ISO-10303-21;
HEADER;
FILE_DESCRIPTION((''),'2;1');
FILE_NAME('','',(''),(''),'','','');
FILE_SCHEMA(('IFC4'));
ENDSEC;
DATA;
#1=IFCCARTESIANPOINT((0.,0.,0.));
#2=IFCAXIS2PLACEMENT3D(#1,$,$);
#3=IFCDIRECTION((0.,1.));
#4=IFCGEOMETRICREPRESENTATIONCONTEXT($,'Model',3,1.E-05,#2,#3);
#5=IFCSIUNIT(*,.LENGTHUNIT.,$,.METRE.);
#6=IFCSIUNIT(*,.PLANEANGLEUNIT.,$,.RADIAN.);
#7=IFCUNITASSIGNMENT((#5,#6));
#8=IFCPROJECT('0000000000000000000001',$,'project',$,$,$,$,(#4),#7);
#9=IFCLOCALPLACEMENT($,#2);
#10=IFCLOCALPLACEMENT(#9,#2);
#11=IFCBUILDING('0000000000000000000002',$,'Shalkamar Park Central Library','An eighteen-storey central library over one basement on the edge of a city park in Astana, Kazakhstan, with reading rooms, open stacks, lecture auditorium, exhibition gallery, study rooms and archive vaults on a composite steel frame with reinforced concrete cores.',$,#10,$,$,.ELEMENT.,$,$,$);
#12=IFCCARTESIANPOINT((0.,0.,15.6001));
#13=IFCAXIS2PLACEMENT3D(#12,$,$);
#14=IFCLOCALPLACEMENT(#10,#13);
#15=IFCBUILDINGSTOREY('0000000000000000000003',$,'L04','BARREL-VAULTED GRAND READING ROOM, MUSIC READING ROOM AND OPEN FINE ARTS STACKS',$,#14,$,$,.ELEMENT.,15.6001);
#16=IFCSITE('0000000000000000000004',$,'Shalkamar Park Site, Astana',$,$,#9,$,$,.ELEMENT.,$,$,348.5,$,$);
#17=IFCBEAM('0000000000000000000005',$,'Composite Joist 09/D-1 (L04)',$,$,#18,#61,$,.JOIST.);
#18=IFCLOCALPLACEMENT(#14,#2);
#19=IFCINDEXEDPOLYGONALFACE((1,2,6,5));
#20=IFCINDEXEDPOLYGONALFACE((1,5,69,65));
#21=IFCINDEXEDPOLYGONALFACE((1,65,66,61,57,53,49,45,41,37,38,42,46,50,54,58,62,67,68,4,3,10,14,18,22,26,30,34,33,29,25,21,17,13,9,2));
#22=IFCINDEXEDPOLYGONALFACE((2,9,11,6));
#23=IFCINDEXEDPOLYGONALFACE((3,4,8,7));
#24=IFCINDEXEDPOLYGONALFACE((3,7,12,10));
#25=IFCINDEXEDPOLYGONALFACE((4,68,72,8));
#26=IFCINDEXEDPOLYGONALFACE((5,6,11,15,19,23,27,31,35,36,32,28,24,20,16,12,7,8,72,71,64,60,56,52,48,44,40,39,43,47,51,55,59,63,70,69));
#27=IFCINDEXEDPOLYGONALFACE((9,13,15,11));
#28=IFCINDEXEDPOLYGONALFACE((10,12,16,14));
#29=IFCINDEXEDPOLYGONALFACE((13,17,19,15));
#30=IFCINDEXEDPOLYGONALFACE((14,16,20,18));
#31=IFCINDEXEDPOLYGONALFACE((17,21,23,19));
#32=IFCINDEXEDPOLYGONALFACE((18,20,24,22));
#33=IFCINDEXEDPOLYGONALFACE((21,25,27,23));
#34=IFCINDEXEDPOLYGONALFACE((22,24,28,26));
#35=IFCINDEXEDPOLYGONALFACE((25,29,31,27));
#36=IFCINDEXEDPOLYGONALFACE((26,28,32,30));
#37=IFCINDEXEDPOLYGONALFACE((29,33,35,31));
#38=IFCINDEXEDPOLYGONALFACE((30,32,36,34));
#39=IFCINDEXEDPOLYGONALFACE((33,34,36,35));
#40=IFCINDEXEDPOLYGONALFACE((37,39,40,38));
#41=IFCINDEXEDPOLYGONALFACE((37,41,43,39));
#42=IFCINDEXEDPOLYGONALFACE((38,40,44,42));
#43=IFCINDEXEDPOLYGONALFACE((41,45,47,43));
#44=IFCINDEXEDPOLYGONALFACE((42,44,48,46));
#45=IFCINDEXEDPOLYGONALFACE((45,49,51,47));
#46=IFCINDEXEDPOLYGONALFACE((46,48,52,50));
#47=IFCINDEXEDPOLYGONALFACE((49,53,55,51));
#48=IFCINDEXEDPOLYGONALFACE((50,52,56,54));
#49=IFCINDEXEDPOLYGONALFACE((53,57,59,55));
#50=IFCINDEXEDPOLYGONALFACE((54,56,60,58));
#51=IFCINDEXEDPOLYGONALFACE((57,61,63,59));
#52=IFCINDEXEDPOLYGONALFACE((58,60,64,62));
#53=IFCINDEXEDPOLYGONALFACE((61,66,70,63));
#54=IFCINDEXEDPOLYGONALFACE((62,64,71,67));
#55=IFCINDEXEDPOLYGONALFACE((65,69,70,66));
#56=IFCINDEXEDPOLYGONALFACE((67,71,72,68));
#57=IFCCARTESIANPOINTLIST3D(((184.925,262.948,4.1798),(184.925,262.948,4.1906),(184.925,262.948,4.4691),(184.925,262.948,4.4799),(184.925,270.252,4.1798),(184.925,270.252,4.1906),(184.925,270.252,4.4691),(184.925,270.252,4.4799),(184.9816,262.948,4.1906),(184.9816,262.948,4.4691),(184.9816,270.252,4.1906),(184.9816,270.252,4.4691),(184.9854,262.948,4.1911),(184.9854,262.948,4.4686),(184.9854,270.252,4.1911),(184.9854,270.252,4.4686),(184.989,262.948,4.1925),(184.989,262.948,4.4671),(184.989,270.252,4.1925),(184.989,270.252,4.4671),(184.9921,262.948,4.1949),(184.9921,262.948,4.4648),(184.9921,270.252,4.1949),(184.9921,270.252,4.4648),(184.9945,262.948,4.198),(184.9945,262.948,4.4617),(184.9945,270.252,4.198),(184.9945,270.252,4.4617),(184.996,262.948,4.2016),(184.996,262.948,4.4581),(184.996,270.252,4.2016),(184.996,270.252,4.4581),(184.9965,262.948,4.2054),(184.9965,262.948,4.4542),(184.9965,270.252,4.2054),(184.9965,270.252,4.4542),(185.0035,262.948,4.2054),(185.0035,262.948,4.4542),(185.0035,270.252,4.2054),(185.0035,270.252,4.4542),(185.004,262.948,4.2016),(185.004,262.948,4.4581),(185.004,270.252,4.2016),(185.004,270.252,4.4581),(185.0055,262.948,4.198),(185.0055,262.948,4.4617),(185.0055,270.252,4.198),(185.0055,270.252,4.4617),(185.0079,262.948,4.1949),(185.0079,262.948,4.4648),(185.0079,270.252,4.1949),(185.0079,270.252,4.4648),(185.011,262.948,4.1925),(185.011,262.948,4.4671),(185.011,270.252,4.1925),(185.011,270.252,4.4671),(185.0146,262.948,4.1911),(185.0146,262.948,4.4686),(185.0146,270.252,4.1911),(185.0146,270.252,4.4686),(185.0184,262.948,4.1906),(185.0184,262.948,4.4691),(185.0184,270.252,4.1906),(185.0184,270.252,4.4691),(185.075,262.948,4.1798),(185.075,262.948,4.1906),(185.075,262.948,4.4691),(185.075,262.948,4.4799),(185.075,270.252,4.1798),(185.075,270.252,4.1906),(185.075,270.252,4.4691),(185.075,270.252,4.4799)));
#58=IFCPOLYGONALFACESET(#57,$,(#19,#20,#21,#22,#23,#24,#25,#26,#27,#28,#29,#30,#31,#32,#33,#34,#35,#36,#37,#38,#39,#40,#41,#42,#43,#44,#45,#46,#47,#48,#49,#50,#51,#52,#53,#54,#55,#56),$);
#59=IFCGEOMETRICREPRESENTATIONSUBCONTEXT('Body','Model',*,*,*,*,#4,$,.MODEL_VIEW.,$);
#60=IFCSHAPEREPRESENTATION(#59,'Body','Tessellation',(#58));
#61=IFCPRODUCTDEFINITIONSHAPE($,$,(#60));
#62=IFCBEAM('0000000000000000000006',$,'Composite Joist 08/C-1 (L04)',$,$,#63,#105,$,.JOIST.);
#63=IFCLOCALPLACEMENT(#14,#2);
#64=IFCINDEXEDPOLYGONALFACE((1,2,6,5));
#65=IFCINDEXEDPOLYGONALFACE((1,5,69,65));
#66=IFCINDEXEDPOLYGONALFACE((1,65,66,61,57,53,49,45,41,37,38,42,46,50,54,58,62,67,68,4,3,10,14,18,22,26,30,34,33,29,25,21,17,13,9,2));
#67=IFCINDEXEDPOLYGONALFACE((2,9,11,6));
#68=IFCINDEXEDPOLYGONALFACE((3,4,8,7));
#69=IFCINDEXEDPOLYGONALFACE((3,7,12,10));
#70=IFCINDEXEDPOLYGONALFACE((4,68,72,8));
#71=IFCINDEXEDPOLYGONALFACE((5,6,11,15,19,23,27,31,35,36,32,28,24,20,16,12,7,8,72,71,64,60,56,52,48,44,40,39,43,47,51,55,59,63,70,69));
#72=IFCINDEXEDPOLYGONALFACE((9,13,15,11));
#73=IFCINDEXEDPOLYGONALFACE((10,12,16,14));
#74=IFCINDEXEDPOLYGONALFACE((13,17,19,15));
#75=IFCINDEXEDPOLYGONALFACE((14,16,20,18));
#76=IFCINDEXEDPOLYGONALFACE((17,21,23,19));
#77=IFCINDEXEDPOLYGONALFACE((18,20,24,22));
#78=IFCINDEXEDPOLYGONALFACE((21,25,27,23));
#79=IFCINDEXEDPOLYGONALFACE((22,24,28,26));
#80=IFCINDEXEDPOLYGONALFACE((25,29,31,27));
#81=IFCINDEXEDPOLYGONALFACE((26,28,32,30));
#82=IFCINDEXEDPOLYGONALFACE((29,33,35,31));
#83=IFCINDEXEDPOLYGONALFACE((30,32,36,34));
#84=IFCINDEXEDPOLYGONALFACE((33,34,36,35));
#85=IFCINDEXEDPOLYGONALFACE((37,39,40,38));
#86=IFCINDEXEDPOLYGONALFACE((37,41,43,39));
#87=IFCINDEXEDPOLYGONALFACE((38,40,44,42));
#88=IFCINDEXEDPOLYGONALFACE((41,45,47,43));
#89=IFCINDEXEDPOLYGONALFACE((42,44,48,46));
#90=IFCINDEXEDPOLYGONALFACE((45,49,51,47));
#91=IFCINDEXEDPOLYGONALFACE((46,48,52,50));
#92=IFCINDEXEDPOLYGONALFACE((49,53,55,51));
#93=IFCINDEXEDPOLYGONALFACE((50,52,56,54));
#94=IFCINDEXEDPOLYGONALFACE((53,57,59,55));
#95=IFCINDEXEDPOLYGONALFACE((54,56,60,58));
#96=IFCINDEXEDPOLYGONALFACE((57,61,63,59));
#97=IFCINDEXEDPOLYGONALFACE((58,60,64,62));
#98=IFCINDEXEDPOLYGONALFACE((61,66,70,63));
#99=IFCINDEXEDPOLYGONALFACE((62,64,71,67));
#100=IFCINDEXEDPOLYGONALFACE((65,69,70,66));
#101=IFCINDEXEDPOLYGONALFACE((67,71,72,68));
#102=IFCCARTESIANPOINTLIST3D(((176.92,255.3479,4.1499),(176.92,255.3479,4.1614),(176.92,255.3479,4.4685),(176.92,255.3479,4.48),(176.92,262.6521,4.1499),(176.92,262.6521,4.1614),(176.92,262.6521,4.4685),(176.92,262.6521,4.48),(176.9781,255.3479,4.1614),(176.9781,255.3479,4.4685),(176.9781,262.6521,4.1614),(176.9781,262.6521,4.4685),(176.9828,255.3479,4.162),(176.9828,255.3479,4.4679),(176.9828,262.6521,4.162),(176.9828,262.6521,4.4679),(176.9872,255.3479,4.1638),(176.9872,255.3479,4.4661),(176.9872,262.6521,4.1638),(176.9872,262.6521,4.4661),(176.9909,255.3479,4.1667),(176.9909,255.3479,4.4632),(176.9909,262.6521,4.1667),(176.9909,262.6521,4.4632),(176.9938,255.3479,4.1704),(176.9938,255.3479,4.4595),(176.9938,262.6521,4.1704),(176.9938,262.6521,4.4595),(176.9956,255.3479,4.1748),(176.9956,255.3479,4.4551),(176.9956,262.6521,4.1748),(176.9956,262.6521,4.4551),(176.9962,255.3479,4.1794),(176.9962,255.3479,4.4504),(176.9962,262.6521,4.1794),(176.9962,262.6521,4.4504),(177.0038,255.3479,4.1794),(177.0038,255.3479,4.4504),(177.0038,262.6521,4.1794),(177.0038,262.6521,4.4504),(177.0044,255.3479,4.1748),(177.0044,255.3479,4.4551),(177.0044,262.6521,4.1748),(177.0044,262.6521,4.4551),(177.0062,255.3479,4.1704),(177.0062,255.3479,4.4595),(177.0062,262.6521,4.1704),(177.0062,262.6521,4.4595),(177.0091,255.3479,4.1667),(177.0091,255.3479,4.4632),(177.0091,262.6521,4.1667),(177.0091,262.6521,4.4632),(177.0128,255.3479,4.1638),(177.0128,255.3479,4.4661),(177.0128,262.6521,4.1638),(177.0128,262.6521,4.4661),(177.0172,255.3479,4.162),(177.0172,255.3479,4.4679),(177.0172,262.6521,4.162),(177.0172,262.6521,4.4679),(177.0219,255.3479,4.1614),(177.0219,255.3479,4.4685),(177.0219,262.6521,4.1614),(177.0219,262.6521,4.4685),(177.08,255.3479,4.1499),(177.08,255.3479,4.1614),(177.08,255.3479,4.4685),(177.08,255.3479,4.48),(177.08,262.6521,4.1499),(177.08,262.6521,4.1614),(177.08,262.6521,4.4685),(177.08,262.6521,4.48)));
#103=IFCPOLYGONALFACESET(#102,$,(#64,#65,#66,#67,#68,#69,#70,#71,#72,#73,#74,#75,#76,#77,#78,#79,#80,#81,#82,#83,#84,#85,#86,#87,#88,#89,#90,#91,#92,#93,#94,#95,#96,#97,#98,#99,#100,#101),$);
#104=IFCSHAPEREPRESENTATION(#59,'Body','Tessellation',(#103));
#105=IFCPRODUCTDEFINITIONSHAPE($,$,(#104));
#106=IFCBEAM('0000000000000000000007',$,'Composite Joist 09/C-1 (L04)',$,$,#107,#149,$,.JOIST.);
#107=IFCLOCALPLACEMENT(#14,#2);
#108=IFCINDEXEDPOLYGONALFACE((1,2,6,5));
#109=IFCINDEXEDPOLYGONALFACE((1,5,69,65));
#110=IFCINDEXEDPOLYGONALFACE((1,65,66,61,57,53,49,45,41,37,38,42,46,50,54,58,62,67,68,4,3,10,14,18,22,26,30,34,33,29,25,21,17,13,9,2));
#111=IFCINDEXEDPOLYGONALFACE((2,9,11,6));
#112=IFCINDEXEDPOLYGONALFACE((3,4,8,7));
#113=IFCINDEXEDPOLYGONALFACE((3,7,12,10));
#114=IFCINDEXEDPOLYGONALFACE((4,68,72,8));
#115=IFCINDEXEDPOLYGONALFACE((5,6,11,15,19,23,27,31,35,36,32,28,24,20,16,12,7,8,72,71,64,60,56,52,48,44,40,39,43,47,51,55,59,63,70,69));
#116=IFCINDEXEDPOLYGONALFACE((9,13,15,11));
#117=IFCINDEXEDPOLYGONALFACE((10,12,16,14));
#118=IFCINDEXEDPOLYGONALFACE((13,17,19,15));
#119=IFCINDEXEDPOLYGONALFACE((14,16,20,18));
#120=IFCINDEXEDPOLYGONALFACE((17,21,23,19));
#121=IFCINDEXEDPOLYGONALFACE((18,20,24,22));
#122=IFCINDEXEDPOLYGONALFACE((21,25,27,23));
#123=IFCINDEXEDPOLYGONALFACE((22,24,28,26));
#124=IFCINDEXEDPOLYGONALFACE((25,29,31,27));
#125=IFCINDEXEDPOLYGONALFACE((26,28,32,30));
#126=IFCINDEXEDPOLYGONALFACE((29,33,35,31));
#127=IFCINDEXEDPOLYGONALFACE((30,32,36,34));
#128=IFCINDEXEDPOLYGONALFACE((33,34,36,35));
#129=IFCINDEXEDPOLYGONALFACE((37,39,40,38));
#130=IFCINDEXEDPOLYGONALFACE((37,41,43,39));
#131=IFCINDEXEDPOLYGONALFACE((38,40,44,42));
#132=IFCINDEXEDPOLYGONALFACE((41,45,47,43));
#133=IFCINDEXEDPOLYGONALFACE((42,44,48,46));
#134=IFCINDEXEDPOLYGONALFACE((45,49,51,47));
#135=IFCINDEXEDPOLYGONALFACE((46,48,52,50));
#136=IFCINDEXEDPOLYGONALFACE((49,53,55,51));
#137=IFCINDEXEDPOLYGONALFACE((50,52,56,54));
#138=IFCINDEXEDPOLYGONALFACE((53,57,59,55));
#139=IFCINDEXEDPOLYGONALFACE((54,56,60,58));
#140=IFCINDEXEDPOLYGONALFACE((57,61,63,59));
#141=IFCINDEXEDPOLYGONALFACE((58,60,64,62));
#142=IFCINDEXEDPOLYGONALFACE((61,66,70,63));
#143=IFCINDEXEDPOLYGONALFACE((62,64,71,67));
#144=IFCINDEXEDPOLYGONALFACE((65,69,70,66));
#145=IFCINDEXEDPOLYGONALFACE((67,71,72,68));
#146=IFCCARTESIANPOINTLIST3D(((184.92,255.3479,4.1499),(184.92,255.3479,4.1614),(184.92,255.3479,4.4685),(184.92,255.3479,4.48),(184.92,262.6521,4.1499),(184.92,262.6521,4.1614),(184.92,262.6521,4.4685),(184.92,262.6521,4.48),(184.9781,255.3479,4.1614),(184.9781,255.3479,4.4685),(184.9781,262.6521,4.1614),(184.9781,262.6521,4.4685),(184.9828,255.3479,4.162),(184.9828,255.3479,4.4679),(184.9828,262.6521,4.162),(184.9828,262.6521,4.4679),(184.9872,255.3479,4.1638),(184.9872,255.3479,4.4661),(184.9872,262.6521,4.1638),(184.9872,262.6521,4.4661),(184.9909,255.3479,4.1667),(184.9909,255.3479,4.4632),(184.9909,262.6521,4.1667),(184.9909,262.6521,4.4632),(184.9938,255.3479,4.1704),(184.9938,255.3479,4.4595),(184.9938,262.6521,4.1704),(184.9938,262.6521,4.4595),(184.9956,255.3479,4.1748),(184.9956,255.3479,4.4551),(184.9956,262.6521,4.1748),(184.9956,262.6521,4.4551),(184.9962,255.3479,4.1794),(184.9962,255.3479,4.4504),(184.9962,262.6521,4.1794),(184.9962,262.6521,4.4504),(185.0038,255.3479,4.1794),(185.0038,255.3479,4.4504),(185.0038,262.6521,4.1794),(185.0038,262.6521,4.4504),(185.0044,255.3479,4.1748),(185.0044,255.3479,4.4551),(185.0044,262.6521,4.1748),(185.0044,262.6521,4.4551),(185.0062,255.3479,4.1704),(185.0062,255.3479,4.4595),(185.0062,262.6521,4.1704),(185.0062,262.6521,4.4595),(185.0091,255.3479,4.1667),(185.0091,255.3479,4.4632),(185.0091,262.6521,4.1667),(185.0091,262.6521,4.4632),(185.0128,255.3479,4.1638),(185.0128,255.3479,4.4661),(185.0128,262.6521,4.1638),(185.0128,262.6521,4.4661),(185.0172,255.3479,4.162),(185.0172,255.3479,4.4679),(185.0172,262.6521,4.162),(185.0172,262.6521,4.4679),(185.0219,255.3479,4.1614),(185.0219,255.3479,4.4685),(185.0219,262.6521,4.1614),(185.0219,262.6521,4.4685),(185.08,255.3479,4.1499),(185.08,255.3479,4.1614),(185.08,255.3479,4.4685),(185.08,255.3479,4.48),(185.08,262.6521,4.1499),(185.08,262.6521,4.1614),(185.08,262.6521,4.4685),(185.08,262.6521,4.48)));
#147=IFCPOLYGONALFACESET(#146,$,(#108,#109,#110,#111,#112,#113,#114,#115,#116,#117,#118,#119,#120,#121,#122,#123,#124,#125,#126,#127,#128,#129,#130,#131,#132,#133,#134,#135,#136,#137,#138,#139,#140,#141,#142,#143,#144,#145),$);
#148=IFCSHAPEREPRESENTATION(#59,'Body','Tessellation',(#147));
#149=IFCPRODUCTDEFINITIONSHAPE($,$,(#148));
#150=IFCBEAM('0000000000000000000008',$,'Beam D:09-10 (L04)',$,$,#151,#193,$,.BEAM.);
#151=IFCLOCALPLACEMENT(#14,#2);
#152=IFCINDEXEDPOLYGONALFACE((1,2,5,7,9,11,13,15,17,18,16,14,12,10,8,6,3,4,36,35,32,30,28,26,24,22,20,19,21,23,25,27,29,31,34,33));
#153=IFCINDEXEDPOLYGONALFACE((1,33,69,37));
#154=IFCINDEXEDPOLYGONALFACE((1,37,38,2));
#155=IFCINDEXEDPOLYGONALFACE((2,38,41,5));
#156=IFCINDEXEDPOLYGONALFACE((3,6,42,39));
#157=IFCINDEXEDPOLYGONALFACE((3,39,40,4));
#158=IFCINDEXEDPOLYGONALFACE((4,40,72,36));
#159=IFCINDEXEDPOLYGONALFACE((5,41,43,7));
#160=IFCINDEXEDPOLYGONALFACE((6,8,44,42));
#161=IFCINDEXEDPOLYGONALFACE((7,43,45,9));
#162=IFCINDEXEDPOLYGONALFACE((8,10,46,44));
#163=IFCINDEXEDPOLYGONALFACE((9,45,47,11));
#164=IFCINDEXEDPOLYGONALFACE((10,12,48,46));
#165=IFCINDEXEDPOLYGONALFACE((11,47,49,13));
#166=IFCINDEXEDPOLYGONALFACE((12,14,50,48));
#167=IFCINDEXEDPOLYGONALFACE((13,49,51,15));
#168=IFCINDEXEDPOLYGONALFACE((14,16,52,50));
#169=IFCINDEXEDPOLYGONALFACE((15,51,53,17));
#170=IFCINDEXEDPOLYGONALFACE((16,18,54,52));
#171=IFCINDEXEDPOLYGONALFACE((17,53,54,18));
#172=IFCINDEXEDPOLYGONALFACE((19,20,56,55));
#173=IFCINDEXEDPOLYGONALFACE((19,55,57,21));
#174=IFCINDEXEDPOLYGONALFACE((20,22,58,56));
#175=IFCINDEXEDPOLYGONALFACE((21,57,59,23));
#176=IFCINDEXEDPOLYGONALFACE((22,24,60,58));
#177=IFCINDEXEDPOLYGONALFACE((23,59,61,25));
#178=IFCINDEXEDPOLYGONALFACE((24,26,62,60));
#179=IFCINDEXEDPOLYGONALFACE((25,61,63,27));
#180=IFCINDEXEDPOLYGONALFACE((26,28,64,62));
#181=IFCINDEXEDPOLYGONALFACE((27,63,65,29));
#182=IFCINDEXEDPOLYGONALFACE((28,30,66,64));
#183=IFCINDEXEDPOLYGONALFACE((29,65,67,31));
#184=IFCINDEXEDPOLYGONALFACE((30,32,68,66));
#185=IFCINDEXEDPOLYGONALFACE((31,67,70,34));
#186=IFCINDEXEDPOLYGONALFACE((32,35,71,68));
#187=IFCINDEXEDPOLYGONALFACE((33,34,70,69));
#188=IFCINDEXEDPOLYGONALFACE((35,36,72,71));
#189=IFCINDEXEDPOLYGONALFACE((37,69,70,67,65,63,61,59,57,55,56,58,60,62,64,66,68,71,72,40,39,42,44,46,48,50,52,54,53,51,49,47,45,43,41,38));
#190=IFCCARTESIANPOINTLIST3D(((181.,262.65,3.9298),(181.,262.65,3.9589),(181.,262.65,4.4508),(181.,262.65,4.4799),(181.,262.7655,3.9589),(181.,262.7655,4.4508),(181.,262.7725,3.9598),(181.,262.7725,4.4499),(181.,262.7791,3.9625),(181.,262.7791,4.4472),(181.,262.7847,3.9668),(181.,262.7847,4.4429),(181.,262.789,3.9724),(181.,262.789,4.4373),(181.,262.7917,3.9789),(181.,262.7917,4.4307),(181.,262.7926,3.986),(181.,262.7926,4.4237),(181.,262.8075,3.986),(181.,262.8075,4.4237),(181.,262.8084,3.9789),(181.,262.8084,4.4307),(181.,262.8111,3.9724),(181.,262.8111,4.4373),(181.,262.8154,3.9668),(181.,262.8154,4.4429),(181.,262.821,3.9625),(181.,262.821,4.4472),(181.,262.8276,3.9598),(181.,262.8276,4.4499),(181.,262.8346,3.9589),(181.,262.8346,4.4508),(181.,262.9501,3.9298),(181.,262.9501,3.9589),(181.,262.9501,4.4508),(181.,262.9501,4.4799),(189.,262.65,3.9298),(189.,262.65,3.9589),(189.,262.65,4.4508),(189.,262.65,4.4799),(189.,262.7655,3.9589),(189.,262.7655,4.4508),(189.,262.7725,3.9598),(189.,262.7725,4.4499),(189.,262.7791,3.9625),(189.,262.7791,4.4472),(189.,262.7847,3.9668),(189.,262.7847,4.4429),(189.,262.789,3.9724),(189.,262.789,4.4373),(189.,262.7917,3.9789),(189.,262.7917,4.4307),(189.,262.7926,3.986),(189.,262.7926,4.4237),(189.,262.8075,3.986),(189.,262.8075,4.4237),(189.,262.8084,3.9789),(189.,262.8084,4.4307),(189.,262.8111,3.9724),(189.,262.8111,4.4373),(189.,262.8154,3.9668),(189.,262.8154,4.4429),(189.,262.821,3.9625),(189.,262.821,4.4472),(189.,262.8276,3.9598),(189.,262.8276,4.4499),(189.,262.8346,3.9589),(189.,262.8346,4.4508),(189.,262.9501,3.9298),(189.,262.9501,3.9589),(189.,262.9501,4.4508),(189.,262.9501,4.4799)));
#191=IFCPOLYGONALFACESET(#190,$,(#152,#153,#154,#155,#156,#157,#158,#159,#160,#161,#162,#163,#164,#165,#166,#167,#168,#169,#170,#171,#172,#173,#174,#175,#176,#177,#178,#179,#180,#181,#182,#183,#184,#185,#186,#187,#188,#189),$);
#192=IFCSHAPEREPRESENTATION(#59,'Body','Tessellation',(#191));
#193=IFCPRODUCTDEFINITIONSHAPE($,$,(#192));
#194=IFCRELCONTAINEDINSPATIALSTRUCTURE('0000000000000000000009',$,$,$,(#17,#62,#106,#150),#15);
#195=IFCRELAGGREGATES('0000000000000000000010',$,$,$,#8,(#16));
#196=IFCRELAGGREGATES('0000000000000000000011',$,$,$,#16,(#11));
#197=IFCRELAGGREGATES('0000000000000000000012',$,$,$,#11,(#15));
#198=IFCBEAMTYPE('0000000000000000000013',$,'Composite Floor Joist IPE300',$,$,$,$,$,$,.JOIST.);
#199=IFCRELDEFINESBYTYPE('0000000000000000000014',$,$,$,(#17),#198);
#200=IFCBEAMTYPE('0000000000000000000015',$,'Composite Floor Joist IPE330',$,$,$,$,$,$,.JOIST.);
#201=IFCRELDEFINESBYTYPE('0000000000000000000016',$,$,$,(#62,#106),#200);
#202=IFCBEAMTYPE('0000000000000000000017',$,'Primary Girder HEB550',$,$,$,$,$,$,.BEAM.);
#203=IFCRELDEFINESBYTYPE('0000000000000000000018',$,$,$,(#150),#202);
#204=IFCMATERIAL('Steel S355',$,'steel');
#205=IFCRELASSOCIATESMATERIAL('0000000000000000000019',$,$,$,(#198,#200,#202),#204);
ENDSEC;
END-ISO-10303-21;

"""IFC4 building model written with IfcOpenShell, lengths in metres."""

from ifc_helpers import new_model, si_unit, direction, frame, origin, origin_2d, place, context, subcontext, project, spatial, i_section, extrude, material, material_profile, profile_set, type_object, element, save


model = new_model("IFC4")

# Units and contexts
model_context = context("Model", 3, precision=1e-05, world=origin(), true_north=direction((0.0, 1.0)))
body_context = subcontext(model_context, "Body", "Model", "MODEL_VIEW")
ifc_project = project(units=[si_unit("LENGTHUNIT", "METRE"), si_unit("PLANEANGLEUNIT", "RADIAN")], contexts=[model_context])

# Site, building, storey
site_placement = place(None, origin())
site = spatial("IfcSite", under=ifc_project, at=site_placement, Name="Shalkamar Park Site, Astana", CompositionType="ELEMENT", RefElevation=348.5)
building_placement = place(site_placement, origin())
building = spatial("IfcBuilding", under=site, at=building_placement, Name="Shalkamar Park Central Library", Description="An eighteen-storey central library over one basement on the edge of a city park in Astana, Kazakhstan, with reading rooms, open stacks, lecture auditorium, exhibition gallery, study rooms and archive vaults on a composite steel frame with reinforced concrete cores.", CompositionType="ELEMENT")
storey_placement = place(building_placement, frame((0.0, 0.0, 15.6001)))
storey = spatial("IfcBuildingStorey", under=building, at=storey_placement, Name="L04", Description="BARREL-VAULTED GRAND READING ROOM, MUSIC READING ROOM AND OPEN FINE ARTS STACKS", CompositionType="ELEMENT", Elevation=15.6001)

# Shared definitions
ifc_material_1 = material(Name="Steel S355", Category="steel")

# Beams
ifc_material_profile_1 = material_profile(ifc_material_1, i_section(OverallWidth=0.1499, OverallDepth=0.3, WebThickness=0.0071, FlangeThickness=0.0107, FilletRadius=0.0149, at=origin_2d()), Name="IPE 300")
ifc_profile_set_1 = profile_set([ifc_material_profile_1], Name="Steel S355")
beam_type_1 = type_object("IfcBeamType", Name="Composite Floor Joist IPE300", PredefinedType="JOIST", material=ifc_profile_set_1)
for number, where, z_axis, x_axis, name in (
    (1, (185.0, 262.948, 4.3298), (0.0, 1.0, 0.0), (-1.0, 0.0, 0.0), "Composite Joist 09/D-1 (L04)"),
):
    element("IfcBeam", number, at=place(storey_placement, frame(where, z_axis=z_axis, x_axis=x_axis)), inside=storey, type_object=beam_type_1, Name=name, PredefinedType="JOIST", context=body_context, shape_type="SweptSolid", body=[
        extrude(i_section(OverallWidth=0.1499, OverallDepth=0.3, WebThickness=0.0071, FlangeThickness=0.0107, FilletRadius=0.0149, at=origin_2d()), origin(), (0.0, 0.0, 1.0), 7.304),
    ])
ifc_material_profile_2 = material_profile(ifc_material_1, i_section(OverallWidth=0.1599, OverallDepth=0.3301, WebThickness=0.0076, FlangeThickness=0.0115, FilletRadius=0.0181, at=origin_2d()), Name="IPE 330")
ifc_profile_set_2 = profile_set([ifc_material_profile_2], Name="Steel S355")
beam_type_2 = type_object("IfcBeamType", Name="Composite Floor Joist IPE330", PredefinedType="JOIST", material=ifc_profile_set_2)
for number, where, z_axis, x_axis, name in (
    (2, (177.0, 255.3479, 4.3149), (0.0, 1.0, 0.0), (-1.0, 0.0, 0.0), "Composite Joist 08/C-1 (L04)"),
    (3, (185.0, 255.3479, 4.3149), (0.0, 1.0, 0.0), (-1.0, 0.0, 0.0), "Composite Joist 09/C-1 (L04)"),
):
    element("IfcBeam", number, at=place(storey_placement, frame(where, z_axis=z_axis, x_axis=x_axis)), inside=storey, type_object=beam_type_2, Name=name, PredefinedType="JOIST", context=body_context, shape_type="SweptSolid", body=[
        extrude(i_section(OverallWidth=0.1599, OverallDepth=0.3301, WebThickness=0.0076, FlangeThickness=0.0115, FilletRadius=0.0181, at=origin_2d()), origin(), (0.0, 0.0, 1.0), 7.3042),
    ])
ifc_material_profile_3 = material_profile(ifc_material_1, i_section(OverallWidth=0.3, OverallDepth=0.55, WebThickness=0.0149, FlangeThickness=0.0291, FilletRadius=0.0271, at=origin_2d()), Name="HEB 550")
ifc_profile_set_3 = profile_set([ifc_material_profile_3], Name="Steel S355")
beam_type_3 = type_object("IfcBeamType", Name="Primary Girder HEB550", PredefinedType="BEAM", material=ifc_profile_set_3)
for number, where, z_axis, x_axis, name in (
    (4, (181.0, 262.8, 4.2048), (1.0, 0.0, 0.0), (0.0, 1.0, 0.0), "Beam D:09-10 (L04)"),
):
    element("IfcBeam", number, at=place(storey_placement, frame(where, z_axis=z_axis, x_axis=x_axis)), inside=storey, type_object=beam_type_3, Name=name, PredefinedType="BEAM", context=body_context, shape_type="SweptSolid", body=[
        extrude(i_section(OverallWidth=0.3, OverallDepth=0.55, WebThickness=0.0149, FlangeThickness=0.0291, FilletRadius=0.0271, at=origin_2d()), origin(), (0.0, 0.0, 1.0), 8.0),
    ])

save(model, "model.ifc")
